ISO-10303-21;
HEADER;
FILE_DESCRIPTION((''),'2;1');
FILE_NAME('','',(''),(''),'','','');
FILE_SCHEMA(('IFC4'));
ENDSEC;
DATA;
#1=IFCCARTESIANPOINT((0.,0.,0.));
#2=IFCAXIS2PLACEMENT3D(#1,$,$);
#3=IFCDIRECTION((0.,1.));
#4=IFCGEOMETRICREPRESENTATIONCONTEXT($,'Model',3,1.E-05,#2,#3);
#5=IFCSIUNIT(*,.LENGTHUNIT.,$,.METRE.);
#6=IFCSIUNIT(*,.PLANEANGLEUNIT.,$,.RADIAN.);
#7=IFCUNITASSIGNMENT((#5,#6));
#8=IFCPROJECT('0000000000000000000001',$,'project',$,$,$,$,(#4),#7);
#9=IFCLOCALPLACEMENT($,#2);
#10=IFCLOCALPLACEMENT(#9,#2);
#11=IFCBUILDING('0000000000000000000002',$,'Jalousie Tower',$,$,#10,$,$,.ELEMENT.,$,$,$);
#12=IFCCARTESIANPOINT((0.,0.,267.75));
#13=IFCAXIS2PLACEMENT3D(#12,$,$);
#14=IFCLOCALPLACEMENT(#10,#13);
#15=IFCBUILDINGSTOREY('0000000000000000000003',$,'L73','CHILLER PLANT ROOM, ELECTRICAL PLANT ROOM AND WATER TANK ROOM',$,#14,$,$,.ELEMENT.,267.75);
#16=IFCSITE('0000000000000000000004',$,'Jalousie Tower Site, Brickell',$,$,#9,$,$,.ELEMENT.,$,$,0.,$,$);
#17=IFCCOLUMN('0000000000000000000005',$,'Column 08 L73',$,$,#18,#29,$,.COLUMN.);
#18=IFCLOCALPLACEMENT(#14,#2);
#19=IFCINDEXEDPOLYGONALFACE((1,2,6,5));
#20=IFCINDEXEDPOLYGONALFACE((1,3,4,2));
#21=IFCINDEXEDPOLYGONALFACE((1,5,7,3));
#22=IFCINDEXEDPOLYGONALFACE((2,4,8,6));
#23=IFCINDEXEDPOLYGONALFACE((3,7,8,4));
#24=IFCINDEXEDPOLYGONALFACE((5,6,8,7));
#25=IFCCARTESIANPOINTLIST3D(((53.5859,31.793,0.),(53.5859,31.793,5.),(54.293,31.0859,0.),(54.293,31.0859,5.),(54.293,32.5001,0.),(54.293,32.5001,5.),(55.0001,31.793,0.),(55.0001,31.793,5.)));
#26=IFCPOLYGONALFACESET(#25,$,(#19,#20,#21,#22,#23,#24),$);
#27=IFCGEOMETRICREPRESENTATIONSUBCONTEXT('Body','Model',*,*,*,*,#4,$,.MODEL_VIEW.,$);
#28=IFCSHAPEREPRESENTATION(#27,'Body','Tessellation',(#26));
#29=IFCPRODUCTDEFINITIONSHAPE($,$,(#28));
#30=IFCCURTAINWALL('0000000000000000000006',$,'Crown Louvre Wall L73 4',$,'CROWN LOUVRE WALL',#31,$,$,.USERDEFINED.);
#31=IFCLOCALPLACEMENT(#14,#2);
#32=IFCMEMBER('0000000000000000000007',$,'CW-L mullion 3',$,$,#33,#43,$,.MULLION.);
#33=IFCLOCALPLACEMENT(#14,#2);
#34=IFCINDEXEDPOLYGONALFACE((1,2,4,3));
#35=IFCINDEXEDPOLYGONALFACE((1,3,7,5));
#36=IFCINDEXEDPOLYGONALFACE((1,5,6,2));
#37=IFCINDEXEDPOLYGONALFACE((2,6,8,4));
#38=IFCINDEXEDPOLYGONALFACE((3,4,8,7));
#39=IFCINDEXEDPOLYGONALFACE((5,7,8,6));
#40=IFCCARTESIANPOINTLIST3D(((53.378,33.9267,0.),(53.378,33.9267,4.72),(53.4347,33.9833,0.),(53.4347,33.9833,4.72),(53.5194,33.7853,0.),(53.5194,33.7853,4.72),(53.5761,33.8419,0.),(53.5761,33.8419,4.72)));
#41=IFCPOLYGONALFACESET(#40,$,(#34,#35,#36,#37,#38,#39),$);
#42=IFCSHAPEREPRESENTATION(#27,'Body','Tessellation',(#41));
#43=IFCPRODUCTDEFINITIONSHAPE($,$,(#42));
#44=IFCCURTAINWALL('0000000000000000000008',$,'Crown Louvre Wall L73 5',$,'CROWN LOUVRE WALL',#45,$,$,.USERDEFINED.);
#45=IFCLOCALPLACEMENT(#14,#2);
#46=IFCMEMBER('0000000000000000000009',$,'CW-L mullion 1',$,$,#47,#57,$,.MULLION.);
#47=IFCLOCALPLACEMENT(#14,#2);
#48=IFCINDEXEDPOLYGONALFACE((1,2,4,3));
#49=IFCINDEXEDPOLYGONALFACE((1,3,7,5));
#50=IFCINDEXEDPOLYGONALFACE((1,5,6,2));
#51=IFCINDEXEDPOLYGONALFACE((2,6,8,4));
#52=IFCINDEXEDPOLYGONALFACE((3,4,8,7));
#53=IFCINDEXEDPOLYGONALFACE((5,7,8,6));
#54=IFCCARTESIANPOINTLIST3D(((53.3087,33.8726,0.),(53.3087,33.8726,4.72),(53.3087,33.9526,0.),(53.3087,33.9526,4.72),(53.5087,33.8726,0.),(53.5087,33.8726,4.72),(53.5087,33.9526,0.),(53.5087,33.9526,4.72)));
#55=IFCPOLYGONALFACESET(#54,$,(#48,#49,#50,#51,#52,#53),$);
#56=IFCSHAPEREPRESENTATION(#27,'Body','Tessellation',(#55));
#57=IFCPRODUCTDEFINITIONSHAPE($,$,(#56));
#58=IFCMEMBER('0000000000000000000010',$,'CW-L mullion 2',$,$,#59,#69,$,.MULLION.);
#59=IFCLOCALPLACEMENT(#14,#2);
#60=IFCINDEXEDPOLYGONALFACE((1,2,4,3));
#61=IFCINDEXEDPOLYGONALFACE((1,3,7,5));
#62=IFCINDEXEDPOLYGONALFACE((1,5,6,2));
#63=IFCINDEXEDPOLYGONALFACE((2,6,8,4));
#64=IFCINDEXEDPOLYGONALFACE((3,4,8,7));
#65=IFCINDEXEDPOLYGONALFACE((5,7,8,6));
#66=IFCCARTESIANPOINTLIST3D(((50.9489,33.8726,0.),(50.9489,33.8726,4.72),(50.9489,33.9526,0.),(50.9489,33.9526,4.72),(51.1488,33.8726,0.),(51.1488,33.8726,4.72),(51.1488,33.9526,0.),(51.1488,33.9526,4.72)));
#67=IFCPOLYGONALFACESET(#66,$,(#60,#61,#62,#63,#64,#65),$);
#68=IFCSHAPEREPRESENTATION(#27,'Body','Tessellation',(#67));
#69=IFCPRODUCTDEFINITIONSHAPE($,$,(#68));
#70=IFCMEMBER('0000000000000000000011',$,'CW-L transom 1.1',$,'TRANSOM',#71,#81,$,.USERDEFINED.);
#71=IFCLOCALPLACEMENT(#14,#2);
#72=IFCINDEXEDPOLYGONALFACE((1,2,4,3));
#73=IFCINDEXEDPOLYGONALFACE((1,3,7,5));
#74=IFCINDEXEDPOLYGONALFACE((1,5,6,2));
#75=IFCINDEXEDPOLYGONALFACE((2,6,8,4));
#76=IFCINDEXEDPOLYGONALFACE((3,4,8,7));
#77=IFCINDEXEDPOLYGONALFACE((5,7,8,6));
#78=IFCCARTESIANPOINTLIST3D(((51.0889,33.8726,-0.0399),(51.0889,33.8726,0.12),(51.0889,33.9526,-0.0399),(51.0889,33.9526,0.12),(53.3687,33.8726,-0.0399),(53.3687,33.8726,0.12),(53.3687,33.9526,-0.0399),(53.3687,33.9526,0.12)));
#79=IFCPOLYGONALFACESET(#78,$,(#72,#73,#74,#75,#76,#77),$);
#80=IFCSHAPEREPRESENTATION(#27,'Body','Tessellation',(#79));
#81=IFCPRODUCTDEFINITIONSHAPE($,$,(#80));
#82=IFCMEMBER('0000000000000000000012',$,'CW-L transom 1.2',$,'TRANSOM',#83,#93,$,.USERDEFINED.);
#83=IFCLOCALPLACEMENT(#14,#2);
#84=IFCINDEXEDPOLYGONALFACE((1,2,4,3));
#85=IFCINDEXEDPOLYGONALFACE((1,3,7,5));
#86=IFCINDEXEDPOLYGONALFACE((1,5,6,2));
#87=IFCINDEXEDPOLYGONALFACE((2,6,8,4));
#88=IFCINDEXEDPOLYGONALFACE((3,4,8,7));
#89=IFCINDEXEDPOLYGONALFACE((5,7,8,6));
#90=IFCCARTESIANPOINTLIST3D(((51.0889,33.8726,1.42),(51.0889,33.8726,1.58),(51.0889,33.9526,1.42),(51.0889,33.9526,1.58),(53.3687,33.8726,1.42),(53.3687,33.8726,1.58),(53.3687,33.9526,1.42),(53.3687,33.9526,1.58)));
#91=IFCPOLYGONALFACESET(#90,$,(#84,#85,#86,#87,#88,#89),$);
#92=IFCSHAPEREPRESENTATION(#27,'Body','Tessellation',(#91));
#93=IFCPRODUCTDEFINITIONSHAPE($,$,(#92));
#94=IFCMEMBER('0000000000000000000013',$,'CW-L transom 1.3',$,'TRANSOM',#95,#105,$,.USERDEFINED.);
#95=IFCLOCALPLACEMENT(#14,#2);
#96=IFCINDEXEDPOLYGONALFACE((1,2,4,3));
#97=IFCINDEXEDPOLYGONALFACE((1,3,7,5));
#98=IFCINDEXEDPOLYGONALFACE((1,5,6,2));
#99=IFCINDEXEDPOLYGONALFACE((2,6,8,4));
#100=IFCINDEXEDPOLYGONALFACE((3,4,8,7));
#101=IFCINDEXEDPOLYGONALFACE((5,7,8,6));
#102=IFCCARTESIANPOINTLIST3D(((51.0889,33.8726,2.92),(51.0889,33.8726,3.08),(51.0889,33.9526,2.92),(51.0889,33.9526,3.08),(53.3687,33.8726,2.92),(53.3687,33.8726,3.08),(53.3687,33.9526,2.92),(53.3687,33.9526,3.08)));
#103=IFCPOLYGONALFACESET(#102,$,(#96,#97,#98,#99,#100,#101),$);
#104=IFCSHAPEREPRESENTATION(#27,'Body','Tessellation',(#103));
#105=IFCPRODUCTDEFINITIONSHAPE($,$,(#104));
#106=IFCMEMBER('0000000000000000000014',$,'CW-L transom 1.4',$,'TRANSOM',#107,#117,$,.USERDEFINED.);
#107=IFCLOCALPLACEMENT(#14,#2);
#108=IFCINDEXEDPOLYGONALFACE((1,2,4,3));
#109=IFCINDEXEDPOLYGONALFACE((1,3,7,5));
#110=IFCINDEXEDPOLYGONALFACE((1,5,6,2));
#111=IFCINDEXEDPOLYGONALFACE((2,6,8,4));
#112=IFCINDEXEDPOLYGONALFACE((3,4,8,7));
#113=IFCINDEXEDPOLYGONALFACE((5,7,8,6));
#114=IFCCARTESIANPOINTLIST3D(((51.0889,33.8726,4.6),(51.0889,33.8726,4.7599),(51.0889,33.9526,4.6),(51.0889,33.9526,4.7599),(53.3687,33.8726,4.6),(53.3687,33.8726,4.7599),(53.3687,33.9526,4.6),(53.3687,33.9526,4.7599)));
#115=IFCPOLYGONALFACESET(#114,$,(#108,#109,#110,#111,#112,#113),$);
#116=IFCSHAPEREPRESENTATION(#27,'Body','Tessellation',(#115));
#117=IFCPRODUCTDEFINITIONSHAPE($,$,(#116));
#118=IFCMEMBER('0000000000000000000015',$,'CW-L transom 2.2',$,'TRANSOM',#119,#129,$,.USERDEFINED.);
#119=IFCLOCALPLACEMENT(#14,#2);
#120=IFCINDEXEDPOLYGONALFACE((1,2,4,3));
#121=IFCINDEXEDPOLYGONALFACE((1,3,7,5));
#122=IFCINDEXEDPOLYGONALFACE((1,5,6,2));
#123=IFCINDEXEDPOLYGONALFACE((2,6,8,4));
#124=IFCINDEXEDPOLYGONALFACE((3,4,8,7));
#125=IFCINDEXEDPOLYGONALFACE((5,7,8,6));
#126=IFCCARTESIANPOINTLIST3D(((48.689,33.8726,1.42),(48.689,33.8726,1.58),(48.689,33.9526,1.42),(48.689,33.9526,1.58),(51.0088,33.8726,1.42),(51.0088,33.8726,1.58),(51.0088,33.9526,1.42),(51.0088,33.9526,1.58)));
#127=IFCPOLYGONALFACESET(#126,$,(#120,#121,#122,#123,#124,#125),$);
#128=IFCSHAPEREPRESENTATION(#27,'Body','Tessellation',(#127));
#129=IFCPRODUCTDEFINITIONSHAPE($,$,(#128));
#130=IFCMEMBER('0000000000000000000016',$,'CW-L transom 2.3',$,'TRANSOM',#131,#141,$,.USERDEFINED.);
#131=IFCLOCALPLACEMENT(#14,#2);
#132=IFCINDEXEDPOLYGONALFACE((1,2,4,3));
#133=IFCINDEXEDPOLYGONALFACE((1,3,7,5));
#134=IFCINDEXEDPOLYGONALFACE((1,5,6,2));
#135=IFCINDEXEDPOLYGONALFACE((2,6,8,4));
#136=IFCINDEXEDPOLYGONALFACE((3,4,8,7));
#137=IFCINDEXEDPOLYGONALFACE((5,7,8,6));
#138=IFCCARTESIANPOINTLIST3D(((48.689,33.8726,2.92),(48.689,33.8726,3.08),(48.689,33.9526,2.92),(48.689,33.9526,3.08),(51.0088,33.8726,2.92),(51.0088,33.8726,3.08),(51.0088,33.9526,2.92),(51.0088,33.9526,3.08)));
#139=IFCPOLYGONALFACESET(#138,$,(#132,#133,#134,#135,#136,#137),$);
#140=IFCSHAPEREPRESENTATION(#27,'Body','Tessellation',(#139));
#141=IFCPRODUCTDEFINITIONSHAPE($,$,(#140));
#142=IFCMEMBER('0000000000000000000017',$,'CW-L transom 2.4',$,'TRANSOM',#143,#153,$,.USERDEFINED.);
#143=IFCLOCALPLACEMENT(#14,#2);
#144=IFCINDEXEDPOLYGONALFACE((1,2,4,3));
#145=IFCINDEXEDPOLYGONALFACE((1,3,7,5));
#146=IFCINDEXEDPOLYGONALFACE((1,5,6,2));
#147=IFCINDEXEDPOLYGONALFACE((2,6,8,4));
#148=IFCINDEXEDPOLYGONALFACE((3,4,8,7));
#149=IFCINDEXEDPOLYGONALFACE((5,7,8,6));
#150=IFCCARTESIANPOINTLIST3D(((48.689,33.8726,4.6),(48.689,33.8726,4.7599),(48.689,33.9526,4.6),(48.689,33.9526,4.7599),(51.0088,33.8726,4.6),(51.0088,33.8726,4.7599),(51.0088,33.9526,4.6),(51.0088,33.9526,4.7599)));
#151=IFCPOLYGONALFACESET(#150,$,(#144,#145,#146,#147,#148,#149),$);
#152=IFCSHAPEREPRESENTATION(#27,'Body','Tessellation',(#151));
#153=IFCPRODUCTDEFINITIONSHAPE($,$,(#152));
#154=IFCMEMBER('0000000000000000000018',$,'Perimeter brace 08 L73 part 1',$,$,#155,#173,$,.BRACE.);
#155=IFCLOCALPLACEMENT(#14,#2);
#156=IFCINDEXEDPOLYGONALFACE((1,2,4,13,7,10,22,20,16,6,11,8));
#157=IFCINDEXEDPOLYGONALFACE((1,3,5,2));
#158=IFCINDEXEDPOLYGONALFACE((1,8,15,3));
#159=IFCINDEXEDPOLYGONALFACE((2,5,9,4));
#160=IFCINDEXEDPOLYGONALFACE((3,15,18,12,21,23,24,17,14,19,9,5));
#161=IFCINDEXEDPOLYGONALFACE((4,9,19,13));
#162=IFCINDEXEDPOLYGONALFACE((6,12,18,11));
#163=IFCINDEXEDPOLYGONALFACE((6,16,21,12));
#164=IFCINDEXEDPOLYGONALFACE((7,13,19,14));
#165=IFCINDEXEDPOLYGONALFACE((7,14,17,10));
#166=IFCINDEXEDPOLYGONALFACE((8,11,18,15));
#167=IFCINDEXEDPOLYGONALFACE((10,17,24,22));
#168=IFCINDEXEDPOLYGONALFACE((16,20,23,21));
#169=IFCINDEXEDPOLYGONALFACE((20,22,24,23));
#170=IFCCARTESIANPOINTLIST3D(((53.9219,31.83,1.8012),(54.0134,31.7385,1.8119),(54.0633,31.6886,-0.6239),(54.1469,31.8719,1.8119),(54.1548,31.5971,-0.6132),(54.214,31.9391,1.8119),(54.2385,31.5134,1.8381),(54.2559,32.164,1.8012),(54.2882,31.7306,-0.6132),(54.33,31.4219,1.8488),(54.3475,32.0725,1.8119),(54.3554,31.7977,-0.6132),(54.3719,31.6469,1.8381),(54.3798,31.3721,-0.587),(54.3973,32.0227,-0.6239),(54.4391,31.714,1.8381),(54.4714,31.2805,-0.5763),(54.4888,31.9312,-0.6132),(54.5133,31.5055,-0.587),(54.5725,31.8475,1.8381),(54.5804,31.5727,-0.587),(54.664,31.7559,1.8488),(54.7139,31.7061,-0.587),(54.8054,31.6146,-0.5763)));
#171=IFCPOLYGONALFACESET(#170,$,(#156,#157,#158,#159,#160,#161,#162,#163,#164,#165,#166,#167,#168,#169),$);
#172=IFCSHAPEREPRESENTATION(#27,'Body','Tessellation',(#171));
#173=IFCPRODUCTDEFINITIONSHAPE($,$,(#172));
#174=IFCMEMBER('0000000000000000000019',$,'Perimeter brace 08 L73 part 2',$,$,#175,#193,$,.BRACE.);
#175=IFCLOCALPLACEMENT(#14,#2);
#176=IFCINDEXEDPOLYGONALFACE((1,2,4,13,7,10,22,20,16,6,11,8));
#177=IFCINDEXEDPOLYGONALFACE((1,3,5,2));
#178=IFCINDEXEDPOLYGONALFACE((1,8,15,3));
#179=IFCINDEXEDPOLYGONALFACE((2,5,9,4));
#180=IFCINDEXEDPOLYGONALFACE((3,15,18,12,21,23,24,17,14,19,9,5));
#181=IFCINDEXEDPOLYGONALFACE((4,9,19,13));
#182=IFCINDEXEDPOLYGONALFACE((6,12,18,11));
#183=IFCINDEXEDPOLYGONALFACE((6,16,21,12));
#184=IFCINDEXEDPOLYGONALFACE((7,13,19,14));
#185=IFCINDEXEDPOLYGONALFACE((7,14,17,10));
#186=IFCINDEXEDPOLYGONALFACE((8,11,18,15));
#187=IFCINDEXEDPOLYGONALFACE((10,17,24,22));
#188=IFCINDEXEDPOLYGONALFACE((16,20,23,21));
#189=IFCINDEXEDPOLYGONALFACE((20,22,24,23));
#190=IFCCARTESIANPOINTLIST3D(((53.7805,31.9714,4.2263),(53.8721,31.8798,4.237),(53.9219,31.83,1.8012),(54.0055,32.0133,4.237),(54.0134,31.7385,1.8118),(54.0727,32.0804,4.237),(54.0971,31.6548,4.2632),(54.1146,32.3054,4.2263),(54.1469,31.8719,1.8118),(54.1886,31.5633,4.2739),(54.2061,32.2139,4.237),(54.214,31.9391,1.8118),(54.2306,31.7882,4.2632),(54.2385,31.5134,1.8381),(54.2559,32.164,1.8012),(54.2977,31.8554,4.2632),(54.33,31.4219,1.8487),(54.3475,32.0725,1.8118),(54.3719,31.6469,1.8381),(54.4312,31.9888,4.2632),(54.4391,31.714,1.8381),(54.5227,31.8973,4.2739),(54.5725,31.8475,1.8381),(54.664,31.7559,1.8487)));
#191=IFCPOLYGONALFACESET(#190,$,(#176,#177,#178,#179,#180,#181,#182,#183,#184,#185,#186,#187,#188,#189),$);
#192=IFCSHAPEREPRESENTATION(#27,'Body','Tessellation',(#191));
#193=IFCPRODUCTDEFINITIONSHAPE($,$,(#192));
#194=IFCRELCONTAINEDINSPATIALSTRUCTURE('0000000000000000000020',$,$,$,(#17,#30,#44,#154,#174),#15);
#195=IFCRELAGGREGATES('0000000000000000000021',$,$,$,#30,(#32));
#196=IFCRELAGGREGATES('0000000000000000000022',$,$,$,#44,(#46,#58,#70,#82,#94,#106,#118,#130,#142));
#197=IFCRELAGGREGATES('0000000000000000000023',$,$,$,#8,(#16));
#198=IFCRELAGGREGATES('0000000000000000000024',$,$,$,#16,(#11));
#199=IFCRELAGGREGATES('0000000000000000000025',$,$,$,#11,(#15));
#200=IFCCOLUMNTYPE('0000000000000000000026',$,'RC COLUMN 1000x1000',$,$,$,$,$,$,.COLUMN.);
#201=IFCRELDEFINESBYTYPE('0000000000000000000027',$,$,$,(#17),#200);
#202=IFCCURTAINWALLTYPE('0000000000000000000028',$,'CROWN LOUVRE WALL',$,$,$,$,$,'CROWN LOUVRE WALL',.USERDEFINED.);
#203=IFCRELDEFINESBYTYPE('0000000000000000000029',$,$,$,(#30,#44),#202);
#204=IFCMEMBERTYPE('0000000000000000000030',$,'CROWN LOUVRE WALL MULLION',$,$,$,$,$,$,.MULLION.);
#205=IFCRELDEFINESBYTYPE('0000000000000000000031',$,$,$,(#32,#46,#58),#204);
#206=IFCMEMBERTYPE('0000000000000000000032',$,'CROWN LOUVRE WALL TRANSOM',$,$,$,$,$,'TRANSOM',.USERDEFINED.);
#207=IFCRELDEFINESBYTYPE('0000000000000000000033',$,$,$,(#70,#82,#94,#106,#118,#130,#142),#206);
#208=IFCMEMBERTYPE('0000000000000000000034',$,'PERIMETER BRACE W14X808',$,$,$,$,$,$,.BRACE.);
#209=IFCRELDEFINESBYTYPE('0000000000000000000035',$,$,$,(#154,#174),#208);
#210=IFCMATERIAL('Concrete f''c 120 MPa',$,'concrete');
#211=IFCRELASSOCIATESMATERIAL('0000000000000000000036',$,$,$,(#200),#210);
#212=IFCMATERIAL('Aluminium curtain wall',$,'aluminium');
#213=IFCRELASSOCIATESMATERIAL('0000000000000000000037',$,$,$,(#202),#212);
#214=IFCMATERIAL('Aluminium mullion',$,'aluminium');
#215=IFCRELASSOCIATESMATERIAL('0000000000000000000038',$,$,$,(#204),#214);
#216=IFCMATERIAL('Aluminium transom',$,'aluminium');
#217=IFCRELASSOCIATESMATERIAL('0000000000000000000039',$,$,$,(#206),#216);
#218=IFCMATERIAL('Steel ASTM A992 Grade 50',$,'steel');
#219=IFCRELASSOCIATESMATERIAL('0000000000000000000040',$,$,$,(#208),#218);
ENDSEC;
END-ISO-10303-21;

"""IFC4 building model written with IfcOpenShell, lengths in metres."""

from ifc_helpers import new_model, si_unit, direction, frame, origin, origin_2d, place, context, subcontext, project, spatial, rectangle, i_section, extrude, material, material_profile, profile_set, type_object, element, aggregate, save


model = new_model("IFC4")

# Units and contexts
model_context = context("Model", 3, precision=1e-05, world=origin(), true_north=direction((0.0, 1.0)))
body_context = subcontext(model_context, "Body", "Model", "MODEL_VIEW")
ifc_project = project(units=[si_unit("LENGTHUNIT", "METRE"), si_unit("PLANEANGLEUNIT", "RADIAN")], contexts=[model_context])

# Site, building, storey
site_placement = place(None, origin())
site = spatial("IfcSite", under=ifc_project, at=site_placement, Name="Jalousie Tower Site, Brickell", CompositionType="ELEMENT", RefElevation=0.0)
building_placement = place(site_placement, origin())
building = spatial("IfcBuilding", under=site, at=building_placement, Name="Jalousie Tower", CompositionType="ELEMENT")
storey_placement = place(building_placement, frame((0.0, 0.0, 267.75)))
storey = spatial("IfcBuildingStorey", under=building, at=storey_placement, Name="L73", Description="CHILLER PLANT ROOM, ELECTRICAL PLANT ROOM AND WATER TANK ROOM", CompositionType="ELEMENT", Elevation=267.75)

# Column
ifc_material_1 = material(Name="Concrete f'c 120 MPa", Category="concrete")
ifc_material_profile_1 = material_profile(ifc_material_1, rectangle(XDim=1.0, YDim=1.0, at=origin_2d()), Name="RC 1000x1000")
ifc_profile_set_1 = profile_set([ifc_material_profile_1], Name="Concrete f'c 120 MPa")
column_type = type_object("IfcColumnType", Name="RC COLUMN 1000x1000", PredefinedType="COLUMN", material=ifc_profile_set_1)
column_placement = place(storey_placement, frame((54.293, 31.793, 0.0), z_axis=(0.0, 0.0, 1.0), x_axis=(0.707107, 0.707107, 0.0)))
element("IfcColumn", 1, at=column_placement, inside=storey, type_object=column_type, Name="Column 08 L73", PredefinedType="COLUMN", context=body_context, shape_type="SweptSolid", body=[
    extrude(rectangle(XDim=1.0, YDim=1.0, at=origin_2d()), origin(), (0.0, 0.0, 1.0), 5.0),
])

# Curtain wall, member
ifc_material_2 = material(Name="Aluminium curtain wall", Category="aluminium")
curtain_wall_type = type_object("IfcCurtainWallType", Name="CROWN LOUVRE WALL", ElementType="CROWN LOUVRE WALL", PredefinedType="USERDEFINED", material=ifc_material_2)
curtain_wall_1_placement = place(storey_placement, origin())
curtain_wall_1 = element("IfcCurtainWall", 2, at=curtain_wall_1_placement, inside=storey, type_object=curtain_wall_type, Name="Crown Louvre Wall L73 4", ObjectType="CROWN LOUVRE WALL", PredefinedType="USERDEFINED")
ifc_material_3 = material(Name="Aluminium mullion", Category="aluminium")
ifc_material_profile_2 = material_profile(ifc_material_3, rectangle(XDim=0.0801, YDim=0.2, at=origin_2d()), Name="MULLION 80x200")
ifc_profile_set_2 = profile_set([ifc_material_profile_2], Name="Aluminium mullion")
member_type_1 = type_object("IfcMemberType", Name="CROWN LOUVRE WALL MULLION", PredefinedType="MULLION", material=ifc_profile_set_2)
member_1_placement = place(storey_placement, frame((53.4771, 33.8843, 0.0), z_axis=(0.0, 0.0, 1.0), x_axis=(-0.707107, -0.707107, 0.0)))
member_1 = element("IfcMember", 3, at=member_1_placement, type_object=member_type_1, Name="CW-L mullion 3", PredefinedType="MULLION", context=body_context, shape_type="SweptSolid", body=[
    extrude(rectangle(XDim=0.0801, YDim=0.2, at=origin_2d()), origin(), (0.0, 0.0, 1.0), 4.72),
])

# Curtain wall, members
curtain_wall_2_placement = place(storey_placement, origin())
curtain_wall_2 = element("IfcCurtainWall", 4, at=curtain_wall_2_placement, inside=storey, type_object=curtain_wall_type, Name="Crown Louvre Wall L73 5", ObjectType="CROWN LOUVRE WALL", PredefinedType="USERDEFINED")
member_2_placement = place(storey_placement, frame((53.4087, 33.9126, 0.0), z_axis=(0.0, 0.0, 1.0), x_axis=(0.0, -1.0, 0.0)))
member_2 = element("IfcMember", 5, at=member_2_placement, type_object=member_type_1, Name="CW-L mullion 1", PredefinedType="MULLION", context=body_context, shape_type="SweptSolid", body=[
    extrude(rectangle(XDim=0.0801, YDim=0.2, at=origin_2d()), origin(), (0.0, 0.0, 1.0), 4.72),
])
member_3_placement = place(storey_placement, frame((51.0488, 33.9126, 0.0), z_axis=(0.0, 0.0, 1.0), x_axis=(0.0, -1.0, 0.0)))
member_3 = element("IfcMember", 6, at=member_3_placement, type_object=member_type_1, Name="CW-L mullion 2", PredefinedType="MULLION", context=body_context, shape_type="SweptSolid", body=[
    extrude(rectangle(XDim=0.0801, YDim=0.2, at=origin_2d()), origin(), (0.0, 0.0, 1.0), 4.72),
])
ifc_material_4 = material(Name="Aluminium transom", Category="aluminium")
ifc_material_profile_3 = material_profile(ifc_material_4, rectangle(XDim=0.0801, YDim=0.1599, at=origin_2d()), Name="TRANSOM 80x160")
ifc_profile_set_3 = profile_set([ifc_material_profile_3], Name="Aluminium transom")
member_type_2 = type_object("IfcMemberType", Name="CROWN LOUVRE WALL TRANSOM", ElementType="TRANSOM", PredefinedType="USERDEFINED", material=ifc_profile_set_3)
member_4_placement = place(storey_placement, frame((53.3687, 33.9126, 0.04), z_axis=(-1.0, 0.0, 0.0), x_axis=(0.0, -1.0, 0.0)))
member_4 = element("IfcMember", 7, at=member_4_placement, type_object=member_type_2, Name="CW-L transom 1.1", ObjectType="TRANSOM", PredefinedType="USERDEFINED", context=body_context, shape_type="SweptSolid", body=[
    extrude(rectangle(XDim=0.0801, YDim=0.1599, at=origin_2d()), origin(), (0.0, 0.0, 1.0), 2.2798),
])
member_5_placement = place(storey_placement, frame((53.3687, 33.9126, 1.5), z_axis=(-1.0, 0.0, 0.0), x_axis=(0.0, -1.0, 0.0)))
member_5 = element("IfcMember", 8, at=member_5_placement, type_object=member_type_2, Name="CW-L transom 1.2", ObjectType="TRANSOM", PredefinedType="USERDEFINED", context=body_context, shape_type="SweptSolid", body=[
    extrude(rectangle(XDim=0.0801, YDim=0.1599, at=origin_2d()), origin(), (0.0, 0.0, 1.0), 2.2798),
])
member_6_placement = place(storey_placement, frame((53.3687, 33.9126, 3.0), z_axis=(-1.0, 0.0, 0.0), x_axis=(0.0, -1.0, 0.0)))
member_6 = element("IfcMember", 9, at=member_6_placement, type_object=member_type_2, Name="CW-L transom 1.3", ObjectType="TRANSOM", PredefinedType="USERDEFINED", context=body_context, shape_type="SweptSolid", body=[
    extrude(rectangle(XDim=0.0801, YDim=0.1599, at=origin_2d()), origin(), (0.0, 0.0, 1.0), 2.2798),
])
member_7_placement = place(storey_placement, frame((53.3687, 33.9126, 4.6799), z_axis=(-1.0, 0.0, 0.0), x_axis=(0.0, -1.0, 0.0)))
member_7 = element("IfcMember", 10, at=member_7_placement, type_object=member_type_2, Name="CW-L transom 1.4", ObjectType="TRANSOM", PredefinedType="USERDEFINED", context=body_context, shape_type="SweptSolid", body=[
    extrude(rectangle(XDim=0.0801, YDim=0.1599, at=origin_2d()), origin(), (0.0, 0.0, 1.0), 2.2798),
])
member_8_placement = place(storey_placement, frame((51.0088, 33.9126, 1.5), z_axis=(-1.0, 0.0, 0.0), x_axis=(0.0, -1.0, 0.0)))
member_8 = element("IfcMember", 11, at=member_8_placement, type_object=member_type_2, Name="CW-L transom 2.2", ObjectType="TRANSOM", PredefinedType="USERDEFINED", context=body_context, shape_type="SweptSolid", body=[
    extrude(rectangle(XDim=0.0801, YDim=0.1599, at=origin_2d()), origin(), (0.0, 0.0, 1.0), 2.3198),
])
member_9_placement = place(storey_placement, frame((51.0088, 33.9126, 3.0), z_axis=(-1.0, 0.0, 0.0), x_axis=(0.0, -1.0, 0.0)))
member_9 = element("IfcMember", 12, at=member_9_placement, type_object=member_type_2, Name="CW-L transom 2.3", ObjectType="TRANSOM", PredefinedType="USERDEFINED", context=body_context, shape_type="SweptSolid", body=[
    extrude(rectangle(XDim=0.0801, YDim=0.1599, at=origin_2d()), origin(), (0.0, 0.0, 1.0), 2.3198),
])
member_10_placement = place(storey_placement, frame((51.0088, 33.9126, 4.6799), z_axis=(-1.0, 0.0, 0.0), x_axis=(0.0, -1.0, 0.0)))
member_10 = element("IfcMember", 13, at=member_10_placement, type_object=member_type_2, Name="CW-L transom 2.4", ObjectType="TRANSOM", PredefinedType="USERDEFINED", context=body_context, shape_type="SweptSolid", body=[
    extrude(rectangle(XDim=0.0801, YDim=0.1599, at=origin_2d()), origin(), (0.0, 0.0, 1.0), 2.3198),
])

# Members
ifc_material_5 = material(Name="Steel ASTM A992 Grade 50", Category="steel")
ifc_material_profile_4 = material_profile(ifc_material_5, i_section(OverallWidth=0.4724, OverallDepth=0.5791, WebThickness=0.095, FlangeThickness=0.1299, at=origin_2d()), Name="W14X808")
ifc_profile_set_4 = profile_set([ifc_material_profile_4], Name="Steel ASTM A992 Grade 50")
member_type_3 = type_object("IfcMemberType", Name="PERIMETER BRACE W14X808", PredefinedType="BRACE", material=ifc_profile_set_4)
for number, where, z_axis, x_axis, name in (
    (14, (54.4343, 31.6516, -0.6001), (-0.058093, 0.058093, 0.996619), (-0.707107, -0.707107, 0.0), "Perimeter brace 08 L73 part 1"),
    (15, (54.293, 31.793, 1.825), (-0.058093, 0.058093, 0.996619), (-0.707107, -0.707107, 0.0), "Perimeter brace 08 L73 part 2"),
):
    element("IfcMember", number, at=place(storey_placement, frame(where, z_axis=z_axis, x_axis=x_axis)), inside=storey, type_object=member_type_3, Name=name, PredefinedType="BRACE", context=body_context, shape_type="SweptSolid", body=[
        extrude(i_section(OverallWidth=0.4724, OverallDepth=0.5791, WebThickness=0.095, FlangeThickness=0.1299, at=origin_2d()), origin(), (0.0, 0.0, 1.0), 2.4333),
    ])

aggregate(curtain_wall_1, [member_1])
aggregate(curtain_wall_2, [member_2, member_3, member_4, member_5, member_6, member_7, member_8, member_9, member_10])

save(model, "model.ifc")
